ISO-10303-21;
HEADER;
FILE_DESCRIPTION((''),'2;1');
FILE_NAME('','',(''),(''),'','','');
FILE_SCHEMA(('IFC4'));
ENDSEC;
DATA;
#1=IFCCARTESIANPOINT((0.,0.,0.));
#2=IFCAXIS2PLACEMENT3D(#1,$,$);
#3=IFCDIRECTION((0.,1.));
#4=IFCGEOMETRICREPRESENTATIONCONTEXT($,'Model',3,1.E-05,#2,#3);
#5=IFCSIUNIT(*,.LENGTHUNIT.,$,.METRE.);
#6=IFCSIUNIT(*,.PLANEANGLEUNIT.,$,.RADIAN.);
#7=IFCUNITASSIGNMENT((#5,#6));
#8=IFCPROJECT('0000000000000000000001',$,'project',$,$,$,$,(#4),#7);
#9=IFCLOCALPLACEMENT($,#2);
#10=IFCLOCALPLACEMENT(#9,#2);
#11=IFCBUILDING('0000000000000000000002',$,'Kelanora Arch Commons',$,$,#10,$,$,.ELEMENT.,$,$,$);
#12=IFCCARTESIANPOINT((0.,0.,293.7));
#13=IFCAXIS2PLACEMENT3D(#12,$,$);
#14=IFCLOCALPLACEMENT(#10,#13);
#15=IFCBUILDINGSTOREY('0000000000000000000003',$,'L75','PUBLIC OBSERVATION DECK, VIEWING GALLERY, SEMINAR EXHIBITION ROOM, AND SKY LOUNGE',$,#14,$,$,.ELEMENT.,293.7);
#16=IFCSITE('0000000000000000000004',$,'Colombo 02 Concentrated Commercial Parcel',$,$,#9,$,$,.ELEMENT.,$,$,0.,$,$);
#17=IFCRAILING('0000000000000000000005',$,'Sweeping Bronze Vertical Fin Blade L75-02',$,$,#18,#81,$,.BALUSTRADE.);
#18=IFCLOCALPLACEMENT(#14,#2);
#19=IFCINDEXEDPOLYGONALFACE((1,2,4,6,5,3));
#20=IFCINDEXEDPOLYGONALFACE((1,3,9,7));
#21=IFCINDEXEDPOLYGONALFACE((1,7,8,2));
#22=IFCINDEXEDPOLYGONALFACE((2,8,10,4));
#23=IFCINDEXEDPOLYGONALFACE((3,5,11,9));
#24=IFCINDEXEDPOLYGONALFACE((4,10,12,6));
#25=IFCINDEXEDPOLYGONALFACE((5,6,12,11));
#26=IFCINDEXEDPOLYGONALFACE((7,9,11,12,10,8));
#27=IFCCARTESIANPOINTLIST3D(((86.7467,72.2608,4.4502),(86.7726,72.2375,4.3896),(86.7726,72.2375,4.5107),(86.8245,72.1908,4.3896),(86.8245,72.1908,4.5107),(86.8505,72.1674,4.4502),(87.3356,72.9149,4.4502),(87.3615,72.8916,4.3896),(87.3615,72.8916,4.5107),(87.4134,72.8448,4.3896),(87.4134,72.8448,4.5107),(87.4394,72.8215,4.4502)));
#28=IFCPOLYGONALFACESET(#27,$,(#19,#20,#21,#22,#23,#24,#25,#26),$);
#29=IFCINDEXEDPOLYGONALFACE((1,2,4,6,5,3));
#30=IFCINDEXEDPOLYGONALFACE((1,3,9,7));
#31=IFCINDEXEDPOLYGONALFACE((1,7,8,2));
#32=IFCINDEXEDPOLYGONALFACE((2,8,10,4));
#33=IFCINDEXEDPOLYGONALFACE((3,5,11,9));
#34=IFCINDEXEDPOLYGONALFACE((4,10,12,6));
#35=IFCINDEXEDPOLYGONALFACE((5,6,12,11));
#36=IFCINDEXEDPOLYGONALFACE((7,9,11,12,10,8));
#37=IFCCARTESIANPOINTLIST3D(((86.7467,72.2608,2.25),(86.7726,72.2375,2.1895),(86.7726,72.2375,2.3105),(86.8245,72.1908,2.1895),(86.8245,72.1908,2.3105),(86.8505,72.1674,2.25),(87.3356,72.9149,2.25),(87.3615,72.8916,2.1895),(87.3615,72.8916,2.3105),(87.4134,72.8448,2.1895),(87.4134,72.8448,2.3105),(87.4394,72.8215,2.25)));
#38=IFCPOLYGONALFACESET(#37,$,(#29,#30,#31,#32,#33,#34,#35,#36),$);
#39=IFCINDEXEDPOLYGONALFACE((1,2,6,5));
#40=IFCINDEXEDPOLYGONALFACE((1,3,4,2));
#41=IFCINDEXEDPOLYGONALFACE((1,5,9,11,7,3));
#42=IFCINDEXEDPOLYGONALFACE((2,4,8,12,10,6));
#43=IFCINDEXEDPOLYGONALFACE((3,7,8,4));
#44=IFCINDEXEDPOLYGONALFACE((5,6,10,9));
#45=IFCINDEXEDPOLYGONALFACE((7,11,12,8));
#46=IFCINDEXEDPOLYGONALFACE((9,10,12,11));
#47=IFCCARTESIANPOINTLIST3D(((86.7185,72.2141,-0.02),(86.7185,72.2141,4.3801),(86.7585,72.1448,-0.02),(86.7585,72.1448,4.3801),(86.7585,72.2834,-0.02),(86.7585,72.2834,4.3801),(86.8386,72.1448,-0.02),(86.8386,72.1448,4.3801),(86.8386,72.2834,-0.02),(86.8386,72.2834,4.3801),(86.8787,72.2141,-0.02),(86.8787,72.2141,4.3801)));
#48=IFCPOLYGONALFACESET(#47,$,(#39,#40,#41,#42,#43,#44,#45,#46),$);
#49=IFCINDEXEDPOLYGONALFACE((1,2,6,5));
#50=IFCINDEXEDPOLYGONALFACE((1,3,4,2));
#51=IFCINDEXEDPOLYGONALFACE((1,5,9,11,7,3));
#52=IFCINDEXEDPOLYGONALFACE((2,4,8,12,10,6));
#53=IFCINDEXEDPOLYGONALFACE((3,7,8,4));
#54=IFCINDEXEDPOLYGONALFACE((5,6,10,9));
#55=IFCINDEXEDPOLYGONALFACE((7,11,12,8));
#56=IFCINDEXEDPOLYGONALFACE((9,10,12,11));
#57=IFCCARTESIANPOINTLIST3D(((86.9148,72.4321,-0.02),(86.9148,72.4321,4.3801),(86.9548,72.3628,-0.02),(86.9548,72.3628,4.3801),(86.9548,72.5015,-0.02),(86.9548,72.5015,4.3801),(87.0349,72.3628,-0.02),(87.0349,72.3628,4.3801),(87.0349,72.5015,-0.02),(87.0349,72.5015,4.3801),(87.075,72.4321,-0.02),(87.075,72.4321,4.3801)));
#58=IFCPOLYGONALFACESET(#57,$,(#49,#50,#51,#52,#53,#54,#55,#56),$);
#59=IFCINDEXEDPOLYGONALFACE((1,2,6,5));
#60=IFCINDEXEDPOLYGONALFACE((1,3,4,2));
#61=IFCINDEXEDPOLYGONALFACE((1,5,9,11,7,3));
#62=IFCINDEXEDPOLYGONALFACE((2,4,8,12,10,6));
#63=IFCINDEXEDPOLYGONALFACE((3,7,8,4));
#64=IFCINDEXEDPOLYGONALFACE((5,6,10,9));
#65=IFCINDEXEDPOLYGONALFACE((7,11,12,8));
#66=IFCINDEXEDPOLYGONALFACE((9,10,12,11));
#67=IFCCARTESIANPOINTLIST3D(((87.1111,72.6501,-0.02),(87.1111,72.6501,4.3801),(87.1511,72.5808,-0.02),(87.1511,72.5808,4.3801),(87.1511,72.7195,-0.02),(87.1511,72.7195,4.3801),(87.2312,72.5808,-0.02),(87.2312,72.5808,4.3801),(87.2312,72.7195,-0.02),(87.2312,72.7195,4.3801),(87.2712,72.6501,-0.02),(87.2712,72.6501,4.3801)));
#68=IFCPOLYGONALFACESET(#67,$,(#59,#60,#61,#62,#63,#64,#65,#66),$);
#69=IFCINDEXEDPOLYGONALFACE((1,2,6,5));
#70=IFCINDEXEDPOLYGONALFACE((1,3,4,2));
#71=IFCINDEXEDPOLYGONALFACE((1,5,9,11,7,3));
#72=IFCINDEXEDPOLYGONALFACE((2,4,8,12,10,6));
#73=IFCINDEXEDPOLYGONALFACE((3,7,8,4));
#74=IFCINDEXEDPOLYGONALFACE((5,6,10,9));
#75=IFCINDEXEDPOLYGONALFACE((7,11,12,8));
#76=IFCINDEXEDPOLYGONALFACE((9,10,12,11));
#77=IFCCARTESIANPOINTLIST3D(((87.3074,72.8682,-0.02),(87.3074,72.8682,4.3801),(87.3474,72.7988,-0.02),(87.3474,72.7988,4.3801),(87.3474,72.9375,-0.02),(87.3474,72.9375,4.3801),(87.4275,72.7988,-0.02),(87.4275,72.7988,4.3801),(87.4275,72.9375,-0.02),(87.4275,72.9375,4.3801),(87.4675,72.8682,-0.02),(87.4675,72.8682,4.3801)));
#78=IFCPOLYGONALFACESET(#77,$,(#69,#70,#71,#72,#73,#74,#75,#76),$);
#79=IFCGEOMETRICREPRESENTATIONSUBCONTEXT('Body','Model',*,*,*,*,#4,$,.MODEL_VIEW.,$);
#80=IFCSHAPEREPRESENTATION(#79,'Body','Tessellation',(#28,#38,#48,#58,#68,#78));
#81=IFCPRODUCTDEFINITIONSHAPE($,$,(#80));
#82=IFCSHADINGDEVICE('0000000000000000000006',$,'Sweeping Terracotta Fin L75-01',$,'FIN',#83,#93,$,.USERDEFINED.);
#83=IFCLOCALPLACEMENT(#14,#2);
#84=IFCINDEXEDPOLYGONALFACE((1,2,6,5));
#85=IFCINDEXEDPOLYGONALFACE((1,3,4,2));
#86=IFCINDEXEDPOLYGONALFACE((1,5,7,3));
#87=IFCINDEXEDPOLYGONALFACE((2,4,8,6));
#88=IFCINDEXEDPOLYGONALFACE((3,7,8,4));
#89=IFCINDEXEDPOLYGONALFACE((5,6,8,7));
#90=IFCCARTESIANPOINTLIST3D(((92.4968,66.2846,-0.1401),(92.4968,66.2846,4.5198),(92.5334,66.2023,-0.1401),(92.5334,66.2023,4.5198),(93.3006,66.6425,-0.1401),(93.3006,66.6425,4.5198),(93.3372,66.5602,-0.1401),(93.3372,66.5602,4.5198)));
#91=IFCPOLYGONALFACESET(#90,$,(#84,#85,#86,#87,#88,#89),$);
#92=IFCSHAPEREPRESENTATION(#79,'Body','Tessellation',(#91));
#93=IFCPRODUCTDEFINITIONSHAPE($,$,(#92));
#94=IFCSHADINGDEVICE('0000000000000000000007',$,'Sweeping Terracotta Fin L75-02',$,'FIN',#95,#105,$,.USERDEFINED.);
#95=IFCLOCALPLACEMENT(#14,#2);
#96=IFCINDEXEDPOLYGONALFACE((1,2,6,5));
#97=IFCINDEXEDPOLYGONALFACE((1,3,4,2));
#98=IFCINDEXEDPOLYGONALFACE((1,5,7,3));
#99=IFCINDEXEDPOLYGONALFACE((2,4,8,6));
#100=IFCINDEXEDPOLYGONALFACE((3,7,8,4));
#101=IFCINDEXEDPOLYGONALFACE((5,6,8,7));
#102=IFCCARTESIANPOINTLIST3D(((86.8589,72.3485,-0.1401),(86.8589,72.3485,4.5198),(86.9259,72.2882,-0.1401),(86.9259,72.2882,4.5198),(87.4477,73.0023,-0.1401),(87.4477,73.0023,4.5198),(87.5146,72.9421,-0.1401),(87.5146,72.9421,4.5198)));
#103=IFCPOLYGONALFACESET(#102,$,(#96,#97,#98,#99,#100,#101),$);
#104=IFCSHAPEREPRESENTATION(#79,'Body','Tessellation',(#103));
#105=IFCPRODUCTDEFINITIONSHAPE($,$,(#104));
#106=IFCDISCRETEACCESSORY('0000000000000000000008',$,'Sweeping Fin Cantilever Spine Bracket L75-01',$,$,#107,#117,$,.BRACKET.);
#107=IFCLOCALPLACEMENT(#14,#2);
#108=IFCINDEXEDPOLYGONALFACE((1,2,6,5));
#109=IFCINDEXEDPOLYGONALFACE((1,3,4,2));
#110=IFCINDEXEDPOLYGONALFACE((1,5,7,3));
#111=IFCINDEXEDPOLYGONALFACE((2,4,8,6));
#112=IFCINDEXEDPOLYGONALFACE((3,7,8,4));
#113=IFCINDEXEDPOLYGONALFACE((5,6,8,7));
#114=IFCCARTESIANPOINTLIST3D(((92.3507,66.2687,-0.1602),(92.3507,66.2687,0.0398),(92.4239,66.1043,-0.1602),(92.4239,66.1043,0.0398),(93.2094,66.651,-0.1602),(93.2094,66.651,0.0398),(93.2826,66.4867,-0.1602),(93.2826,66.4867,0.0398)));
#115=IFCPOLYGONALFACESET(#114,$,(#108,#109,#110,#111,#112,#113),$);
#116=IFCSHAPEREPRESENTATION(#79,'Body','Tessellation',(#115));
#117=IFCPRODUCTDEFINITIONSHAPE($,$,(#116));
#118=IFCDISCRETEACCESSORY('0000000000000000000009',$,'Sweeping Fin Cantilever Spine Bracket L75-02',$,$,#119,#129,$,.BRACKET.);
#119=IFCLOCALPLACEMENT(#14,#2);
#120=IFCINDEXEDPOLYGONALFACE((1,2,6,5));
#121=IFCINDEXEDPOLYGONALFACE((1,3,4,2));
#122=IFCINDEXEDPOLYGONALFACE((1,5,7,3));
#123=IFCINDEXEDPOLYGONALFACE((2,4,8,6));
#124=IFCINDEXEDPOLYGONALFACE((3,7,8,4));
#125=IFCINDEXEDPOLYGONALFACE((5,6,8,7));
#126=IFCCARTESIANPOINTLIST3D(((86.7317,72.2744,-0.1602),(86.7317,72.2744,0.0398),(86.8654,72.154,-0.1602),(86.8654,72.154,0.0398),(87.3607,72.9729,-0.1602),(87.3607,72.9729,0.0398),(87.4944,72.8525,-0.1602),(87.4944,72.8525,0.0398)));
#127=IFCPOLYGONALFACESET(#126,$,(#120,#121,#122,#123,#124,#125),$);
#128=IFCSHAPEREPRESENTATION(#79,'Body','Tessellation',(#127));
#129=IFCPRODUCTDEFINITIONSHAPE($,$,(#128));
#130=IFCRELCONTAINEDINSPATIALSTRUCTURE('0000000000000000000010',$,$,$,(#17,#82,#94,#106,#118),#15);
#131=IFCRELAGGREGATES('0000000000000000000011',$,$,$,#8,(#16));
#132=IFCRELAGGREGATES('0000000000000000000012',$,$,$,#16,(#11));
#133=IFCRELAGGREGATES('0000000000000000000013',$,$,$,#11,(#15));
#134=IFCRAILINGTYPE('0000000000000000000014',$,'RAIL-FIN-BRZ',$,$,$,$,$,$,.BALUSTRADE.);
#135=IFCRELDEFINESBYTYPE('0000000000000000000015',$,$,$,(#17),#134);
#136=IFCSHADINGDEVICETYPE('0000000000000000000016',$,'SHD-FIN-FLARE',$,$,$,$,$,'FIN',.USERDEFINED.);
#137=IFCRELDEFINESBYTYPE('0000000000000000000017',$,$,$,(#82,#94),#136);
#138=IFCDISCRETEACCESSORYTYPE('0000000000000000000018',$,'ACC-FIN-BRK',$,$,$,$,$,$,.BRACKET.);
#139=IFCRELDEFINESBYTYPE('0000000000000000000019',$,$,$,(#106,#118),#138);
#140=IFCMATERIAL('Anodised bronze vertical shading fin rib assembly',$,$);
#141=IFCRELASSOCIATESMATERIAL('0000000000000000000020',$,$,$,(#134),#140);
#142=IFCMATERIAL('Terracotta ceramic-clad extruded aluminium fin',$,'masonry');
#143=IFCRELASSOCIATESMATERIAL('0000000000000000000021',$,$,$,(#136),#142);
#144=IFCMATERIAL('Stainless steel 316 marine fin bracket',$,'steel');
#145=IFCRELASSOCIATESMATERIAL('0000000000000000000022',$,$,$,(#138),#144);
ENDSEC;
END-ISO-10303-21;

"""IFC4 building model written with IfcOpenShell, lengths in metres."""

from ifc_helpers import new_model, si_unit, direction, frame, origin, origin_2d, place, context, subcontext, project, spatial, polyline, rectangle, outline, extrude, source, transform, mapped, material, type_object, element, save


model = new_model("IFC4")

# Units and contexts
model_context = context("Model", 3, precision=1e-05, world=origin(), true_north=direction((0.0, 1.0)))
body_context = subcontext(model_context, "Body", "Model", "MODEL_VIEW")
ifc_project = project(units=[si_unit("LENGTHUNIT", "METRE"), si_unit("PLANEANGLEUNIT", "RADIAN")], contexts=[model_context])

# Site, building, storey
site_placement = place(None, origin())
site = spatial("IfcSite", under=ifc_project, at=site_placement, Name="Colombo 02 Concentrated Commercial Parcel", CompositionType="ELEMENT", RefElevation=0.0)
building_placement = place(site_placement, origin())
building = spatial("IfcBuilding", under=site, at=building_placement, Name="Kelanora Arch Commons", CompositionType="ELEMENT")
storey_placement = place(building_placement, frame((0.0, 0.0, 293.7)))
storey = spatial("IfcBuildingStorey", under=building, at=storey_placement, Name="L75", Description="PUBLIC OBSERVATION DECK, VIEWING GALLERY, SEMINAR EXHIBITION ROOM, AND SKY LOUNGE", CompositionType="ELEMENT", Elevation=293.7)

# Railing
ifc_material_1 = material(Name="Anodised bronze vertical shading fin rib assembly")
railing_type = type_object("IfcRailingType", Name="RAIL-FIN-BRZ", PredefinedType="BALUSTRADE", material=ifc_material_1)
railing_1_placement = place(storey_placement, frame((86.7986, 72.2141, -0.02)))
element("IfcRailing", 1, at=railing_1_placement, inside=storey, type_object=railing_type, Name="Sweeping Bronze Vertical Fin Blade L75-02", PredefinedType="BALUSTRADE", context=body_context, shape_type="SweptSolid", body=[
    extrude(outline(polyline([(0.0698, 0.0), (0.0349, 0.0605), (-0.0349, 0.0605), (-0.0698, 0.0), (-0.0349, -0.0605), (0.0349, -0.0605), (0.0698, 0.0)])), frame((0.0, 0.0, 4.4702), z_axis=(0.669103, 0.74317, 0.0), x_axis=(-0.74317, 0.669103, 0.0)), (0.0, 0.0, 1.0), 0.8801),
    extrude(outline(polyline([(0.0698, 0.0), (0.0349, 0.0605), (-0.0349, 0.0605), (-0.0698, 0.0), (-0.0349, -0.0605), (0.0349, -0.0605), (0.0698, 0.0)])), frame((0.0, 0.0, 2.27), z_axis=(0.669103, 0.74317, 0.0), x_axis=(-0.74317, 0.669103, 0.0)), (0.0, 0.0, 1.0), 0.8801),
    extrude(outline(polyline([(0.0801, 0.0), (0.04, 0.0693), (-0.04, 0.0693), (-0.0801, 0.0), (-0.04, -0.0693), (0.04, -0.0693), (0.0801, 0.0)])), origin(), (0.0, 0.0, 1.0), 4.4001),
    extrude(outline(polyline([(0.0801, 0.0), (0.04, 0.0693), (-0.04, 0.0693), (-0.0801, 0.0), (-0.04, -0.0693), (0.04, -0.0693), (0.0801, 0.0)])), frame((0.1963, 0.218, 0.0)), (0.0, 0.0, 1.0), 4.4001),
    extrude(outline(polyline([(0.0801, 0.0), (0.04, 0.0693), (-0.04, 0.0693), (-0.0801, 0.0), (-0.04, -0.0693), (0.04, -0.0693), (0.0801, 0.0)])), frame((0.3926, 0.436, 0.0)), (0.0, 0.0, 1.0), 4.4001),
    extrude(outline(polyline([(0.0801, 0.0), (0.04, 0.0693), (-0.04, 0.0693), (-0.0801, 0.0), (-0.04, -0.0693), (0.04, -0.0693), (0.0801, 0.0)])), frame((0.5889, 0.6541, 0.0)), (0.0, 0.0, 1.0), 4.4001),
])

# Shading devices
ifc_material_2 = material(Name="Terracotta ceramic-clad extruded aluminium fin", Category="masonry")
shading_device_type = type_object("IfcShadingDeviceType", Name="SHD-FIN-FLARE", ElementType="FIN", PredefinedType="USERDEFINED", material=ifc_material_2)
shared_shape_1 = source(origin(), body_context, "Body", "SweptSolid", [
    extrude(rectangle(XDim=0.8799, YDim=0.0901, at=origin_2d()), origin(), (0.0, 0.0, 1.0), 4.6599),
])
for number, where, z_axis, x_axis, name in (
    (2, (92.917, 66.4224, -0.1401), (0.0, 0.0, 1.0), (0.913545, 0.406737, 0.0), "Sweeping Terracotta Fin L75-01"),
    (3, (87.1868, 72.6453, -0.1401), (0.0, 0.0, 1.0), (0.669131, 0.743145, 0.0), "Sweeping Terracotta Fin L75-02"),
):
    element("IfcShadingDevice", number, at=place(storey_placement, frame(where, z_axis=z_axis, x_axis=x_axis)), inside=storey, type_object=shading_device_type, Name=name, ObjectType="FIN", PredefinedType="USERDEFINED", context=body_context, shape_type="MappedRepresentation", body=[
        mapped(shared_shape_1, transform((0.0, 0.0, 0.0), scale=1.0)),
    ])

# Discrete accessories
ifc_material_3 = material(Name="Stainless steel 316 marine fin bracket", Category="steel")
discrete_accessory_type = type_object("IfcDiscreteAccessoryType", Name="ACC-FIN-BRK", PredefinedType="BRACKET", material=ifc_material_3)
shared_shape_2 = source(origin(), body_context, "Body", "SweptSolid", [
    extrude(rectangle(XDim=0.9399, YDim=0.1799, at=origin_2d()), origin(), (0.0, 0.0, 1.0), 0.2),
])
for number, where, z_axis, x_axis, name in (
    (4, (92.8167, 66.3777, -0.1602), (0.0, 0.0, 1.0), (0.913545, 0.406737, 0.0), "Sweeping Fin Cantilever Spine Bracket L75-01"),
    (5, (87.113, 72.5635, -0.1602), (0.0, 0.0, 1.0), (0.669131, 0.743145, 0.0), "Sweeping Fin Cantilever Spine Bracket L75-02"),
):
    element("IfcDiscreteAccessory", number, at=place(storey_placement, frame(where, z_axis=z_axis, x_axis=x_axis)), inside=storey, type_object=discrete_accessory_type, Name=name, PredefinedType="BRACKET", context=body_context, shape_type="MappedRepresentation", body=[
        mapped(shared_shape_2, transform((0.0, 0.0, 0.0), scale=1.0)),
    ])

save(model, "model.ifc")
